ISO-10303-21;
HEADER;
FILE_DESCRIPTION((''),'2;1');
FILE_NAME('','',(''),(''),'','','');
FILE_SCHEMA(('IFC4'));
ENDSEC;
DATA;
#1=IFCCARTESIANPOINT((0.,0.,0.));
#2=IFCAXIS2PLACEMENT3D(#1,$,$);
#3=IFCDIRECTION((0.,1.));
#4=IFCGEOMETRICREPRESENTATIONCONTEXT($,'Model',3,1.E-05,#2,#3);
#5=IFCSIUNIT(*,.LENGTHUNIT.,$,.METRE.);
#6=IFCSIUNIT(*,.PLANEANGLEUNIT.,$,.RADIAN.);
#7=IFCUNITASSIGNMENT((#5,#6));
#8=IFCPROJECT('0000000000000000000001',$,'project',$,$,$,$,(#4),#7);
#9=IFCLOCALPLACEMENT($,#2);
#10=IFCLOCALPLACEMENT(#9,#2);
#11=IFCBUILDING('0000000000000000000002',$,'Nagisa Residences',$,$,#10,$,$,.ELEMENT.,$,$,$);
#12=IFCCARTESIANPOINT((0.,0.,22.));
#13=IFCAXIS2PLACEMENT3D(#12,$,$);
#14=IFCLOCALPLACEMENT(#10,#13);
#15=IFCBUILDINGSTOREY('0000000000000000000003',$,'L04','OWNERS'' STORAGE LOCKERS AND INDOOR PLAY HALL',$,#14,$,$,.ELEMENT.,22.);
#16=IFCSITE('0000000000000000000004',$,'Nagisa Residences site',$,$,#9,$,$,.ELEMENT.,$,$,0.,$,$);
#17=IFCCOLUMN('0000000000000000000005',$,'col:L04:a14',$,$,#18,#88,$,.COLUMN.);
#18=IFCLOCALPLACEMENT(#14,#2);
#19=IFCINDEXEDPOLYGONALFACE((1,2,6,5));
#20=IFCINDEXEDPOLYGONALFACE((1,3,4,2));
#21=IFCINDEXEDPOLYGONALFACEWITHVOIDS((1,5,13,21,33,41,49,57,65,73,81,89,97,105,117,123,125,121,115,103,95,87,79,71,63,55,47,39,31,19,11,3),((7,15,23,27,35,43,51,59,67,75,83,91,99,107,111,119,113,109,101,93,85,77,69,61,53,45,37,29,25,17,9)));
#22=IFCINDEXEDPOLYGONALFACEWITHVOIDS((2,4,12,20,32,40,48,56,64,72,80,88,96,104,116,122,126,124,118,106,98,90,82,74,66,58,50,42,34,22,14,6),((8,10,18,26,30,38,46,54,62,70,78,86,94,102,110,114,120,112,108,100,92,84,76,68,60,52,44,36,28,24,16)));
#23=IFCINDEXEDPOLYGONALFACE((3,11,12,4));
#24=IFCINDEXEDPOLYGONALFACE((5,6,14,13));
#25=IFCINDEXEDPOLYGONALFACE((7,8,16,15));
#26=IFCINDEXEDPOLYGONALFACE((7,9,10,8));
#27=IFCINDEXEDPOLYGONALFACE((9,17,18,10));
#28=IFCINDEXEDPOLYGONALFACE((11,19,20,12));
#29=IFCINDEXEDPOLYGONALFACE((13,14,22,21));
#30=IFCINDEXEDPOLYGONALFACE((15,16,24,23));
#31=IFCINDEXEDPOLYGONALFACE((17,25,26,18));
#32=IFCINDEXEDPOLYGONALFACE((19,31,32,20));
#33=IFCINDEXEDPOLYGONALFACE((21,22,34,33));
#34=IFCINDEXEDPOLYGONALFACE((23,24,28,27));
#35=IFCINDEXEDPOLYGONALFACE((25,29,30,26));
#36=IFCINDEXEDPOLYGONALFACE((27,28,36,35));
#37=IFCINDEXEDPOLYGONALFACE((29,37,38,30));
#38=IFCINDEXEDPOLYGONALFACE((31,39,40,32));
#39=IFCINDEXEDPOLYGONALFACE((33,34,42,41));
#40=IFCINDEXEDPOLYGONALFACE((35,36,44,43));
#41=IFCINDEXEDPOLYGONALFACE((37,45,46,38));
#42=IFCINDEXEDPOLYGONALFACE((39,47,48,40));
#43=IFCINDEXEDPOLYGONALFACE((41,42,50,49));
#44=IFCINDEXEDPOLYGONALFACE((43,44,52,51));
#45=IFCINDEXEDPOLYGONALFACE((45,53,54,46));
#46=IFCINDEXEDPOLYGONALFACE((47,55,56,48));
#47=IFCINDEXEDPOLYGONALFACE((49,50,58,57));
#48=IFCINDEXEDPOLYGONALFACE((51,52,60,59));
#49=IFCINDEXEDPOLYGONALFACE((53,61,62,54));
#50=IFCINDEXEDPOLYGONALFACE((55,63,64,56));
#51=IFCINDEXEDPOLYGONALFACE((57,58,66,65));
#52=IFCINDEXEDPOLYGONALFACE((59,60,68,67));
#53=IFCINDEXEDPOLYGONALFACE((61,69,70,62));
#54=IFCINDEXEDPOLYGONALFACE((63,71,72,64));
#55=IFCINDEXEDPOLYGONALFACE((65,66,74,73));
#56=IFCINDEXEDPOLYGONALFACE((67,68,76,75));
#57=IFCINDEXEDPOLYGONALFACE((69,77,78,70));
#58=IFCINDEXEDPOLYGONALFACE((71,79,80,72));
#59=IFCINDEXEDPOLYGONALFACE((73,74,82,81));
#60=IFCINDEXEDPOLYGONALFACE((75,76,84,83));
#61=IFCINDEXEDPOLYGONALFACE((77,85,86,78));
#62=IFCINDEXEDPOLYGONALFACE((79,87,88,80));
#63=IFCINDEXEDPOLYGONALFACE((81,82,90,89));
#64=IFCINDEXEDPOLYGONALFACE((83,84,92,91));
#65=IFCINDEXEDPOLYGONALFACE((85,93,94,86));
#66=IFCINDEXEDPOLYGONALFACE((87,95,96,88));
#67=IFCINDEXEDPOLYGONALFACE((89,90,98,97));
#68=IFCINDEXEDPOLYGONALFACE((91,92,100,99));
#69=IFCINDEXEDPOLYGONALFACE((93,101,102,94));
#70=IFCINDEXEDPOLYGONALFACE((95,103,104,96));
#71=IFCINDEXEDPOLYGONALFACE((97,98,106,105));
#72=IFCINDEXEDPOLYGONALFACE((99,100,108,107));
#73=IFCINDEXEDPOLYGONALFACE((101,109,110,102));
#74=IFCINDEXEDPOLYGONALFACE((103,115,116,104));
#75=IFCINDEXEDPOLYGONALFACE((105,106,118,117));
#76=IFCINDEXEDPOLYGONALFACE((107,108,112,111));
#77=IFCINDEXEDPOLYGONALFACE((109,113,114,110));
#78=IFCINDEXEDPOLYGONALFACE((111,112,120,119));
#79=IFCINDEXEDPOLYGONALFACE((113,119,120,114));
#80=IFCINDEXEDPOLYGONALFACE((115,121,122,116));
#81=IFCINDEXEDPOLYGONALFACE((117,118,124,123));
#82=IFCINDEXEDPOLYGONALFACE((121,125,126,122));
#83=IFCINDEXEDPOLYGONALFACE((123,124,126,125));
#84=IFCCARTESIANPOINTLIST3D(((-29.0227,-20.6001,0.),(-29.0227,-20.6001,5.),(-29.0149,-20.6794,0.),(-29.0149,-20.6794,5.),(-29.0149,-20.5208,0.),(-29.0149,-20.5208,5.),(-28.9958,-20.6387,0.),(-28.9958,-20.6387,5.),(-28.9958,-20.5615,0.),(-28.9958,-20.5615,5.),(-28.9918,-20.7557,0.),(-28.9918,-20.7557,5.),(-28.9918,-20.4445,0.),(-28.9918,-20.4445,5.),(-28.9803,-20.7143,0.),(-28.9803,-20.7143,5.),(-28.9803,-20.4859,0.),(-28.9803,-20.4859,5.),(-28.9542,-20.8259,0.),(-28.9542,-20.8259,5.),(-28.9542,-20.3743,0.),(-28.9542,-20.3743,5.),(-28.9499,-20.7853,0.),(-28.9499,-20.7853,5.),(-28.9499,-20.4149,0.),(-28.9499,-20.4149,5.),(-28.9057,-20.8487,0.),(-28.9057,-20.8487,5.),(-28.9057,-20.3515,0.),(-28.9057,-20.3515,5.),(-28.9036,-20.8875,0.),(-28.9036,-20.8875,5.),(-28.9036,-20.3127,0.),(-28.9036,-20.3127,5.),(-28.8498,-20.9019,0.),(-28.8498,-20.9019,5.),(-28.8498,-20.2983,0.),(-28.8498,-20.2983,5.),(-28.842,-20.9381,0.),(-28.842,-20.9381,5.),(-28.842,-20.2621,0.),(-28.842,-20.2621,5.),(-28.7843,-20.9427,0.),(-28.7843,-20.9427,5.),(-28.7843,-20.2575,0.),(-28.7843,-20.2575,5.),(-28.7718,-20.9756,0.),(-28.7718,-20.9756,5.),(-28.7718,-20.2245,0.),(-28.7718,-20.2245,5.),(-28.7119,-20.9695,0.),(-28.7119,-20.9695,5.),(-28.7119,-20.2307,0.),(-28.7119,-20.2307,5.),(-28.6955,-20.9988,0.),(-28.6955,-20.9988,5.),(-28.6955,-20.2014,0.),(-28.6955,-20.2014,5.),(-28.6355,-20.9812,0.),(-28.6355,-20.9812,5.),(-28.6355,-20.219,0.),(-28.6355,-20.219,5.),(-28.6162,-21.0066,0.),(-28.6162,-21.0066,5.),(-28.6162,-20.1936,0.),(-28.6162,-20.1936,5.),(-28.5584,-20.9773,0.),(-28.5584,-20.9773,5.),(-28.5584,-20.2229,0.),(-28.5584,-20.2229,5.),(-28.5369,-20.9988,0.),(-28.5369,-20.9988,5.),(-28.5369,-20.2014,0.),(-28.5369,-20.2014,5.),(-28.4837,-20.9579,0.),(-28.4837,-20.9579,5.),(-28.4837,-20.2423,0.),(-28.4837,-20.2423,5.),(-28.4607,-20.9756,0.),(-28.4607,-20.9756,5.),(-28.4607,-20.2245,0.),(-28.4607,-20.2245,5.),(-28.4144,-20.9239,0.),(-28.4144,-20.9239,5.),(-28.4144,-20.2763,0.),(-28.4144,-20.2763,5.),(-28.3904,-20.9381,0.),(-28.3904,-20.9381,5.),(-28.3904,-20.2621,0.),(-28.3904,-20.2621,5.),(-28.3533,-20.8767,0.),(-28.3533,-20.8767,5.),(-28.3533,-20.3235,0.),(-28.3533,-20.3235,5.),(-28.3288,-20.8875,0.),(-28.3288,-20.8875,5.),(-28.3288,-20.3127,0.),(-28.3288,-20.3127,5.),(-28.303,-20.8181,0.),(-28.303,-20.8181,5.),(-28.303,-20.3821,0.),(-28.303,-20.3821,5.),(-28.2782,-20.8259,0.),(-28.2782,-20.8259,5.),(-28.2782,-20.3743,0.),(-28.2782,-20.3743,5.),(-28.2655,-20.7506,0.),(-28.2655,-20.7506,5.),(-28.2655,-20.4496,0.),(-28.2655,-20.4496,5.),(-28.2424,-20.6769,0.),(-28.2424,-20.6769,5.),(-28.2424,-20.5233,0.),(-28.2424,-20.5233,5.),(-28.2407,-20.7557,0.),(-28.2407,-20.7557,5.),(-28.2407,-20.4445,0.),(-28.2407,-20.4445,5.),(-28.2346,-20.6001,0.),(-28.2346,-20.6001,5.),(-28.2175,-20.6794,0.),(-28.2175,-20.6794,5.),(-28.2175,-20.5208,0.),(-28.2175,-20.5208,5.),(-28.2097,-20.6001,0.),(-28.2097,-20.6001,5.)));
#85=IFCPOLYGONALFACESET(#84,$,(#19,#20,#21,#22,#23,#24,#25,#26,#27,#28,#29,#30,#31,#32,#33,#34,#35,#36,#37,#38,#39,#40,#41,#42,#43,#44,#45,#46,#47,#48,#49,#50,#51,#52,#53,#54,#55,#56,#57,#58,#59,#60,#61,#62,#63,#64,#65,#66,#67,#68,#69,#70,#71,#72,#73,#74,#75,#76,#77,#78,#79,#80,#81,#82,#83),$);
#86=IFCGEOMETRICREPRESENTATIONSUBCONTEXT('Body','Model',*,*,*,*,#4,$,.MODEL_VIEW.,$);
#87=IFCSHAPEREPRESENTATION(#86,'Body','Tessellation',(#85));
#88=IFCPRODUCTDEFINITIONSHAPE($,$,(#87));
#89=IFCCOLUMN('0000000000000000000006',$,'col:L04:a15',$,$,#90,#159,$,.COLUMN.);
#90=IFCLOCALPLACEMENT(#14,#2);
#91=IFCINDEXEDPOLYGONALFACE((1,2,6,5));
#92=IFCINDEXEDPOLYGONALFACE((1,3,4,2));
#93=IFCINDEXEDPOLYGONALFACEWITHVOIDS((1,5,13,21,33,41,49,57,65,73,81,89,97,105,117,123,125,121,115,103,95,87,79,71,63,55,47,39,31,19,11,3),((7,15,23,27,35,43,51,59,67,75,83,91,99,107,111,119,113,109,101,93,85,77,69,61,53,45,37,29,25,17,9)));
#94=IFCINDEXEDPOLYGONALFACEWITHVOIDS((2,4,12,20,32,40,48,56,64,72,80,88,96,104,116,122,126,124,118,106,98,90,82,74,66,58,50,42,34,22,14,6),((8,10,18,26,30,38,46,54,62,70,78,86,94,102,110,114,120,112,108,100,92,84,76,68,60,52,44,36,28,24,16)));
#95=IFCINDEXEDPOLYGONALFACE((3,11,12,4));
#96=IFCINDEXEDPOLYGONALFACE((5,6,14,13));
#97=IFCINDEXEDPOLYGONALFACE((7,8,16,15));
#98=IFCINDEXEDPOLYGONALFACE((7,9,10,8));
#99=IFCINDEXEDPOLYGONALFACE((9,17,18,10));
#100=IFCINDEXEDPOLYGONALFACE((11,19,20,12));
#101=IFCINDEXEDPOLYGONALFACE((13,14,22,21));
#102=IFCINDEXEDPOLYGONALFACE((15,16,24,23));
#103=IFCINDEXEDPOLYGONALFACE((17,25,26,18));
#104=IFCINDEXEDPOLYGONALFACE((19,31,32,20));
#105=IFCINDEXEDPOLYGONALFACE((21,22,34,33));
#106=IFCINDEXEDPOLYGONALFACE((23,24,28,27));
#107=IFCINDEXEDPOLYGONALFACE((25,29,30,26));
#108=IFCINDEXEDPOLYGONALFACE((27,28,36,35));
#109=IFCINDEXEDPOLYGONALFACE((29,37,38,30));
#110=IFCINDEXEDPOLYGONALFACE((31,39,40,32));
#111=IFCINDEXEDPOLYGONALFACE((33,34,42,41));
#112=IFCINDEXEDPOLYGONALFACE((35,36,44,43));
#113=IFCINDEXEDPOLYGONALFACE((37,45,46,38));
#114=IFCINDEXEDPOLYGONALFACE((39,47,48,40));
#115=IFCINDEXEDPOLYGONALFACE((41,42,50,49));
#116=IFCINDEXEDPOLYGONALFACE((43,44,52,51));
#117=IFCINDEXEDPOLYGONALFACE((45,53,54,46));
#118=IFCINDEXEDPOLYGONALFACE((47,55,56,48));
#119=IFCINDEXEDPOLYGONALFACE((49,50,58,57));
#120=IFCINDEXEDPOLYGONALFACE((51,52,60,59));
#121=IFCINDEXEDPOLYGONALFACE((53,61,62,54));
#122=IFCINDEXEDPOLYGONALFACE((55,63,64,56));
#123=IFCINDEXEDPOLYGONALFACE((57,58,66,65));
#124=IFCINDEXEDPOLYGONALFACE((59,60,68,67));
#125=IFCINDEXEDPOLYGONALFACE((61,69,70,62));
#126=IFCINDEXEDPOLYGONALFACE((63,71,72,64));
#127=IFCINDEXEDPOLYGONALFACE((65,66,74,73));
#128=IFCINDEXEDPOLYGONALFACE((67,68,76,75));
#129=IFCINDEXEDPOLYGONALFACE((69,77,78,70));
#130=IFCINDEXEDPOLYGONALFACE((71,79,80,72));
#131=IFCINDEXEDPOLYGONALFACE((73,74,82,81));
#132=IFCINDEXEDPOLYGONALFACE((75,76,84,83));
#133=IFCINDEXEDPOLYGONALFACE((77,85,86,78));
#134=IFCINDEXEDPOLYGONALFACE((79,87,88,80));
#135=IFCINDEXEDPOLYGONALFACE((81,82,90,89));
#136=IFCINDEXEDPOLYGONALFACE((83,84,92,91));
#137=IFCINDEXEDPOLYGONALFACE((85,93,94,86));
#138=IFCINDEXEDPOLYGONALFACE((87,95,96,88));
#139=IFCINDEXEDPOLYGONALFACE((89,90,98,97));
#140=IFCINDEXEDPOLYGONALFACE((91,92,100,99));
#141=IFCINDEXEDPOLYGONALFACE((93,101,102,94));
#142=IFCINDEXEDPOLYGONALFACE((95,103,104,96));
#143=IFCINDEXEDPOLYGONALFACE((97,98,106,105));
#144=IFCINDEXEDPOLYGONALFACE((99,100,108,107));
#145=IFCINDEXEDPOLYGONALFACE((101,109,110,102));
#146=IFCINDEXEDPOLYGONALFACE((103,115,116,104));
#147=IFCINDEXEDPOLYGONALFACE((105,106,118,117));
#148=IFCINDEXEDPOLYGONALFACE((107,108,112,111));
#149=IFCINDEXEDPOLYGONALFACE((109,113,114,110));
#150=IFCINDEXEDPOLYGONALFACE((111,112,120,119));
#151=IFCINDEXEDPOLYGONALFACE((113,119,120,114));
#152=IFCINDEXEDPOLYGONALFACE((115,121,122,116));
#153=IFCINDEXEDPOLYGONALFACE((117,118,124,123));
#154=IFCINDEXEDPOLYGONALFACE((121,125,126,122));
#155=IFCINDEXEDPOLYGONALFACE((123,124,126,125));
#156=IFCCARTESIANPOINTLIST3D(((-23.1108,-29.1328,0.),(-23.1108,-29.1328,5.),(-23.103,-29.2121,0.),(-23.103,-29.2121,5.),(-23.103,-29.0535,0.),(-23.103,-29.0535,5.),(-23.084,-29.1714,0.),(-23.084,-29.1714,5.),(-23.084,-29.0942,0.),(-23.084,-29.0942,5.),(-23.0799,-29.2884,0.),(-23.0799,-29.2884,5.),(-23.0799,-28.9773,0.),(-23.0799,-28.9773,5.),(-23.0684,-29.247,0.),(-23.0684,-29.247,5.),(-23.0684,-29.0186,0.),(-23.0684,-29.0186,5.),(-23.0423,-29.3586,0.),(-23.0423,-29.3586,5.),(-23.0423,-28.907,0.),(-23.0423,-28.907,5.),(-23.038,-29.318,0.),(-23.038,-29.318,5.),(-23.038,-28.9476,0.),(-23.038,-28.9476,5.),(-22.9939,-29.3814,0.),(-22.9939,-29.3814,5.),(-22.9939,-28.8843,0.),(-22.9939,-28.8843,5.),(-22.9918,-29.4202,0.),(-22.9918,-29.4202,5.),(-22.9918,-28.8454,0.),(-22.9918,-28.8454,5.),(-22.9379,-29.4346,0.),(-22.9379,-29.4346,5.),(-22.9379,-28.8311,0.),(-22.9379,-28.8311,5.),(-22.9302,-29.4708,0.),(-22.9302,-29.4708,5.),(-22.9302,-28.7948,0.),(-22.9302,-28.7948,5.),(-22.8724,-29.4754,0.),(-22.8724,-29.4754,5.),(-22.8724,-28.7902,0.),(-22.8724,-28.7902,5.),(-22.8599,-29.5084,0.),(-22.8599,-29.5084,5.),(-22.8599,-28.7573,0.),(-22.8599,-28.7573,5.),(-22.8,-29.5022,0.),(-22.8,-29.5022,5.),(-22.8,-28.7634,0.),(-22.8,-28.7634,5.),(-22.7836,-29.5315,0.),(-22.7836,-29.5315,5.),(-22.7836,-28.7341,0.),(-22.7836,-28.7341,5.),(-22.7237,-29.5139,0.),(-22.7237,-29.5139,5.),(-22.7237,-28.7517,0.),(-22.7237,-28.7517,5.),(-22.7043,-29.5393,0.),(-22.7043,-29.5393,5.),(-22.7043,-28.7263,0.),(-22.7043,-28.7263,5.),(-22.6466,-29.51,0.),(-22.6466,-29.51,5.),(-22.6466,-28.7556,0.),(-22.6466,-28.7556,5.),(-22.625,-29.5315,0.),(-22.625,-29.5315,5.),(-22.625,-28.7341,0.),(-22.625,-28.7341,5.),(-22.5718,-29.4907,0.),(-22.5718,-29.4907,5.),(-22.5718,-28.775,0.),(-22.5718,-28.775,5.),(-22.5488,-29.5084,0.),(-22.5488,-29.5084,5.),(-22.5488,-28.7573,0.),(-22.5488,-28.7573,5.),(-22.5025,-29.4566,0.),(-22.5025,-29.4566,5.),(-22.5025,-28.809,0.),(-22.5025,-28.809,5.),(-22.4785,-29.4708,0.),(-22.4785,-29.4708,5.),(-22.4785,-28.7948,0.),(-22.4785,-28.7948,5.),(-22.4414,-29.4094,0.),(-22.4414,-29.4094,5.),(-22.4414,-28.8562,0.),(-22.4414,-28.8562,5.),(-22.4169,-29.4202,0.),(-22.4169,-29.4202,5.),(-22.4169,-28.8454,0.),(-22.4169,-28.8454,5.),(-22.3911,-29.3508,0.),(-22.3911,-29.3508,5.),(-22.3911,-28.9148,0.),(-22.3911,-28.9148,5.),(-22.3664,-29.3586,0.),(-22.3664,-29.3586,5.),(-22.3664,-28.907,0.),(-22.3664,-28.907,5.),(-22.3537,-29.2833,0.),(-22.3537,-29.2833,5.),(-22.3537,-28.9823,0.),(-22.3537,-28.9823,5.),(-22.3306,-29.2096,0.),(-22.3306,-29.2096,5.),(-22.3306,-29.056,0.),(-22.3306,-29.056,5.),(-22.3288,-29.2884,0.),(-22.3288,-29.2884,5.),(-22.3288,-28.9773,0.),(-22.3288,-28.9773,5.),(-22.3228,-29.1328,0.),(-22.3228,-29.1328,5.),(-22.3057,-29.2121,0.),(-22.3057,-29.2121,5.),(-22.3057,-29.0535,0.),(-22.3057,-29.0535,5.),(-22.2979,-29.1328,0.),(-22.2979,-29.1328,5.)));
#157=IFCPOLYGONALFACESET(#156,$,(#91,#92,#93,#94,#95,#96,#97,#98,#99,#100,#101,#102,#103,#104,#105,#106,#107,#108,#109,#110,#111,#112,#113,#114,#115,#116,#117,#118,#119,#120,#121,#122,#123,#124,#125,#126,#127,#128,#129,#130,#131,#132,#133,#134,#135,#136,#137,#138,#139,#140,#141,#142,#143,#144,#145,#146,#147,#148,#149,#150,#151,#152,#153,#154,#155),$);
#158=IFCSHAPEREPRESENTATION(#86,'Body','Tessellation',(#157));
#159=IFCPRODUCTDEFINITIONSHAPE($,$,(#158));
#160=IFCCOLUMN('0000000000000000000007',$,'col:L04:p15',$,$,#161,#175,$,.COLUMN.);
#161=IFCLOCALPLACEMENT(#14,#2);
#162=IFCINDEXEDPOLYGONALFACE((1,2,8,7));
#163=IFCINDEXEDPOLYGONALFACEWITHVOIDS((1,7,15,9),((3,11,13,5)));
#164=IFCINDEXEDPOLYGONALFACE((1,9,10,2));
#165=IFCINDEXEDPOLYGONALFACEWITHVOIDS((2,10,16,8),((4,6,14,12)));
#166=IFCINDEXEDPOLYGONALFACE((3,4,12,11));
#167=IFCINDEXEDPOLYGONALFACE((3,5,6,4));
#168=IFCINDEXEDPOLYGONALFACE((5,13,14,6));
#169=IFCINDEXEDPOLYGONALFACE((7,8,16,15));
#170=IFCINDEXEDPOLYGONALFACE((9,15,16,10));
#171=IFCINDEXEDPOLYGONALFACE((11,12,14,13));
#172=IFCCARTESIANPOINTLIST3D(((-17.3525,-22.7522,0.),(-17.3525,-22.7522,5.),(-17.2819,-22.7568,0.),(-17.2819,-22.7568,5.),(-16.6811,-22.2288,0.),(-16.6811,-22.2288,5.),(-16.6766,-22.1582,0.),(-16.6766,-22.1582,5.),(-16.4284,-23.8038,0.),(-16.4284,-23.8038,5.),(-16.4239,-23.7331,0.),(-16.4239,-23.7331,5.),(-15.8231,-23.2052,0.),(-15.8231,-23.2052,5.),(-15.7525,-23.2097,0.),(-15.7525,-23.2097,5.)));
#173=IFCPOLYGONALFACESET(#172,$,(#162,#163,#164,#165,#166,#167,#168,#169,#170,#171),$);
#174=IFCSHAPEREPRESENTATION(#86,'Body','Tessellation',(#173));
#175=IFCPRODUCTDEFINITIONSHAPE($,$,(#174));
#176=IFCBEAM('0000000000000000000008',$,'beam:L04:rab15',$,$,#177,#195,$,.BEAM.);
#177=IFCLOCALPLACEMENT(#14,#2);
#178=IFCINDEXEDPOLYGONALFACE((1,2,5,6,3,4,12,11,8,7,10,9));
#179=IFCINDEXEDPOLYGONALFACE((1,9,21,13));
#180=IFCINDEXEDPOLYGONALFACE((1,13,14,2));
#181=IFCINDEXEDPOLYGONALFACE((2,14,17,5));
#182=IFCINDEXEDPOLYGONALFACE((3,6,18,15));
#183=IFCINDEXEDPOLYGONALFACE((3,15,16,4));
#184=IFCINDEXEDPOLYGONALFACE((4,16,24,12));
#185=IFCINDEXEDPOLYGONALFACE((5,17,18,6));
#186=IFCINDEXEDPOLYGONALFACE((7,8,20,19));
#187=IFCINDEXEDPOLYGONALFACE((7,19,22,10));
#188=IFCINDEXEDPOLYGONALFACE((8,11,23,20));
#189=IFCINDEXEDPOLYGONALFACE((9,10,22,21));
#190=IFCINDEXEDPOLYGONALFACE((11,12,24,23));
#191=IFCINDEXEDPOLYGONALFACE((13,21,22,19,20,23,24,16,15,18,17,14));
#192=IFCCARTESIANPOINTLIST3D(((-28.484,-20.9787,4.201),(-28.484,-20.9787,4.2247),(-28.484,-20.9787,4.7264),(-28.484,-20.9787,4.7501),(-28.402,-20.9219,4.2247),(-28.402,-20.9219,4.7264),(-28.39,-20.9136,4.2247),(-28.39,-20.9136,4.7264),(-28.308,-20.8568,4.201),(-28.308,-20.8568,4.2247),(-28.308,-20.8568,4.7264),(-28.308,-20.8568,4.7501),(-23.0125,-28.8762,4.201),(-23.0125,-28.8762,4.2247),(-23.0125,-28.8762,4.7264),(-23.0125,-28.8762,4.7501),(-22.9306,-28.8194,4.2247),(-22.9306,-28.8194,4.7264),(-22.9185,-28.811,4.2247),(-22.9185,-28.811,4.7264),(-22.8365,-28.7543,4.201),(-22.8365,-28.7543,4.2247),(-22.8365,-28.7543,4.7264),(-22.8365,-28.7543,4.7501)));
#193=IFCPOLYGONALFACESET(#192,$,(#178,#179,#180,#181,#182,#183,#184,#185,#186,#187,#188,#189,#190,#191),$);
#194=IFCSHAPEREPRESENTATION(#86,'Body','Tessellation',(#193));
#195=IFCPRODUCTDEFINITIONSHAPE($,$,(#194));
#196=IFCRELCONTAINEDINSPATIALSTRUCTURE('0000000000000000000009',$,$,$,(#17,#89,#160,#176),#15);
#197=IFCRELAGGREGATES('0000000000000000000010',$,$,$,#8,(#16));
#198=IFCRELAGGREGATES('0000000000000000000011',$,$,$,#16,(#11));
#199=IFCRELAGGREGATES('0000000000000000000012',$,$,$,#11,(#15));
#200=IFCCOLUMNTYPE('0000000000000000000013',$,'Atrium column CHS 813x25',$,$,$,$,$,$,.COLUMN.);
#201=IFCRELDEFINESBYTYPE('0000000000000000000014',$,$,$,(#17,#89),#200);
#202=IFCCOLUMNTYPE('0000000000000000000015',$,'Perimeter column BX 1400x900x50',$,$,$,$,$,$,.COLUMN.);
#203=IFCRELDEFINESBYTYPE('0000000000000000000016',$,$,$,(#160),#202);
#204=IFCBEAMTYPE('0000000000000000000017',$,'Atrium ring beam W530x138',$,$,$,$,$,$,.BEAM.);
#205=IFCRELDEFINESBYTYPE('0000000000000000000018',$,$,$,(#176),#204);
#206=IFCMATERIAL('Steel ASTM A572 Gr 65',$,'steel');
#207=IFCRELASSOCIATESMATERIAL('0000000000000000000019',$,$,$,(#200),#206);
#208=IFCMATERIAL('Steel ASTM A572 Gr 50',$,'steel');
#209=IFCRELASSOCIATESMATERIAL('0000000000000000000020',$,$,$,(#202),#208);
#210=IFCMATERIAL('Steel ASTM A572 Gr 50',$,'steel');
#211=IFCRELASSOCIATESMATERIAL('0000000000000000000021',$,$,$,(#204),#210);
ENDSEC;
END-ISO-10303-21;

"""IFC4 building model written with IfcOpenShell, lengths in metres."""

from ifc_helpers import new_model, si_unit, direction, frame, origin, origin_2d, place, context, subcontext, project, spatial, hollow_rectangle, hollow_circle, i_section, extrude, material, material_profile, profile_set, type_object, element, save


model = new_model("IFC4")

# Units and contexts
model_context = context("Model", 3, precision=1e-05, world=origin(), true_north=direction((0.0, 1.0)))
body_context = subcontext(model_context, "Body", "Model", "MODEL_VIEW")
ifc_project = project(units=[si_unit("LENGTHUNIT", "METRE"), si_unit("PLANEANGLEUNIT", "RADIAN")], contexts=[model_context])

# Site, building, storey
site_placement = place(None, origin())
site = spatial("IfcSite", under=ifc_project, at=site_placement, Name="Nagisa Residences site", CompositionType="ELEMENT", RefElevation=0.0)
building_placement = place(site_placement, origin())
building = spatial("IfcBuilding", under=site, at=building_placement, Name="Nagisa Residences", CompositionType="ELEMENT")
storey_placement = place(building_placement, frame((0.0, 0.0, 22.0)))
storey = spatial("IfcBuildingStorey", under=building, at=storey_placement, Name="L04", Description="OWNERS' STORAGE LOCKERS AND INDOOR PLAY HALL", CompositionType="ELEMENT", Elevation=22.0)

# Columns
ifc_material_1 = material(Name="Steel ASTM A572 Gr 65", Category="steel")
ifc_material_profile_1 = material_profile(ifc_material_1, hollow_circle(Radius=0.4065, WallThickness=0.0249, at=origin_2d()), Name="CHS 813x25")
ifc_profile_set_1 = profile_set([ifc_material_profile_1], Name="Steel ASTM A572 Gr 65")
column_type_1 = type_object("IfcColumnType", Name="Atrium column CHS 813x25", PredefinedType="COLUMN", material=ifc_profile_set_1)
for number, where, z_axis, x_axis, name in (
    (1, (-28.6162, -20.6001, 0.0), (0.0, 0.0, 1.0), (1.0, 0.0, 0.0), "col:L04:a14"),
    (2, (-22.7043, -29.1328, 0.0), (0.0, 0.0, 1.0), (1.0, 0.0, 0.0), "col:L04:a15"),
):
    element("IfcColumn", number, at=place(storey_placement, frame(where, z_axis=z_axis, x_axis=x_axis)), inside=storey, type_object=column_type_1, Name=name, PredefinedType="COLUMN", context=body_context, shape_type="SweptSolid", body=[
        extrude(hollow_circle(Radius=0.4065, WallThickness=0.0249, at=origin_2d()), origin(), (0.0, 0.0, 1.0), 5.0),
    ])
ifc_material_2 = material(Name="Steel ASTM A572 Gr 50", Category="steel")
ifc_material_profile_2 = material_profile(ifc_material_2, hollow_rectangle(XDim=1.3999, YDim=0.8999, WallThickness=0.05, at=origin_2d()), Name="BX 1400x900x50")
ifc_profile_set_2 = profile_set([ifc_material_profile_2], Name="Steel ASTM A572 Gr 50")
column_type_2 = type_object("IfcColumnType", Name="Perimeter column BX 1400x900x50", PredefinedType="COLUMN", material=ifc_profile_set_2)
column_placement = place(storey_placement, frame((-16.5525, -22.981, 0.0), z_axis=(0.0, 0.0, 1.0), x_axis=(0.660115, -0.751165, 0.0)))
element("IfcColumn", 3, at=column_placement, inside=storey, type_object=column_type_2, Name="col:L04:p15", PredefinedType="COLUMN", context=body_context, shape_type="SweptSolid", body=[
    extrude(hollow_rectangle(XDim=1.3999, YDim=0.8999, WallThickness=0.05, at=origin_2d()), origin(), (0.0, 0.0, 1.0), 5.0),
])

# Beam
ifc_material_3 = material(Name="Steel ASTM A572 Gr 50", Category="steel")
ifc_material_profile_3 = material_profile(ifc_material_3, i_section(OverallWidth=0.2141, OverallDepth=0.5491, WebThickness=0.0146, FlangeThickness=0.0237, at=origin_2d()), Name="W530x138")
ifc_profile_set_3 = profile_set([ifc_material_profile_3], Name="Steel ASTM A572 Gr 50")
beam_type_1 = type_object("IfcBeamType", Name="Atrium ring beam W530x138", PredefinedType="BEAM", material=ifc_profile_set_3)
beam_1_placement = place(storey_placement, frame((-28.396, -20.9177, 4.4756), z_axis=(0.569489, -0.821999, 0.0), x_axis=(0.821999, 0.569489, 0.0)))
element("IfcBeam", 4, at=beam_1_placement, inside=storey, type_object=beam_type_1, Name="beam:L04:rab15", PredefinedType="BEAM", context=body_context, shape_type="SweptSolid", body=[
    extrude(i_section(OverallWidth=0.2141, OverallDepth=0.5491, WebThickness=0.0146, FlangeThickness=0.0237, at=origin_2d()), origin(), (0.0, 0.0, 1.0), 9.6077),
])

save(model, "model.ifc")
